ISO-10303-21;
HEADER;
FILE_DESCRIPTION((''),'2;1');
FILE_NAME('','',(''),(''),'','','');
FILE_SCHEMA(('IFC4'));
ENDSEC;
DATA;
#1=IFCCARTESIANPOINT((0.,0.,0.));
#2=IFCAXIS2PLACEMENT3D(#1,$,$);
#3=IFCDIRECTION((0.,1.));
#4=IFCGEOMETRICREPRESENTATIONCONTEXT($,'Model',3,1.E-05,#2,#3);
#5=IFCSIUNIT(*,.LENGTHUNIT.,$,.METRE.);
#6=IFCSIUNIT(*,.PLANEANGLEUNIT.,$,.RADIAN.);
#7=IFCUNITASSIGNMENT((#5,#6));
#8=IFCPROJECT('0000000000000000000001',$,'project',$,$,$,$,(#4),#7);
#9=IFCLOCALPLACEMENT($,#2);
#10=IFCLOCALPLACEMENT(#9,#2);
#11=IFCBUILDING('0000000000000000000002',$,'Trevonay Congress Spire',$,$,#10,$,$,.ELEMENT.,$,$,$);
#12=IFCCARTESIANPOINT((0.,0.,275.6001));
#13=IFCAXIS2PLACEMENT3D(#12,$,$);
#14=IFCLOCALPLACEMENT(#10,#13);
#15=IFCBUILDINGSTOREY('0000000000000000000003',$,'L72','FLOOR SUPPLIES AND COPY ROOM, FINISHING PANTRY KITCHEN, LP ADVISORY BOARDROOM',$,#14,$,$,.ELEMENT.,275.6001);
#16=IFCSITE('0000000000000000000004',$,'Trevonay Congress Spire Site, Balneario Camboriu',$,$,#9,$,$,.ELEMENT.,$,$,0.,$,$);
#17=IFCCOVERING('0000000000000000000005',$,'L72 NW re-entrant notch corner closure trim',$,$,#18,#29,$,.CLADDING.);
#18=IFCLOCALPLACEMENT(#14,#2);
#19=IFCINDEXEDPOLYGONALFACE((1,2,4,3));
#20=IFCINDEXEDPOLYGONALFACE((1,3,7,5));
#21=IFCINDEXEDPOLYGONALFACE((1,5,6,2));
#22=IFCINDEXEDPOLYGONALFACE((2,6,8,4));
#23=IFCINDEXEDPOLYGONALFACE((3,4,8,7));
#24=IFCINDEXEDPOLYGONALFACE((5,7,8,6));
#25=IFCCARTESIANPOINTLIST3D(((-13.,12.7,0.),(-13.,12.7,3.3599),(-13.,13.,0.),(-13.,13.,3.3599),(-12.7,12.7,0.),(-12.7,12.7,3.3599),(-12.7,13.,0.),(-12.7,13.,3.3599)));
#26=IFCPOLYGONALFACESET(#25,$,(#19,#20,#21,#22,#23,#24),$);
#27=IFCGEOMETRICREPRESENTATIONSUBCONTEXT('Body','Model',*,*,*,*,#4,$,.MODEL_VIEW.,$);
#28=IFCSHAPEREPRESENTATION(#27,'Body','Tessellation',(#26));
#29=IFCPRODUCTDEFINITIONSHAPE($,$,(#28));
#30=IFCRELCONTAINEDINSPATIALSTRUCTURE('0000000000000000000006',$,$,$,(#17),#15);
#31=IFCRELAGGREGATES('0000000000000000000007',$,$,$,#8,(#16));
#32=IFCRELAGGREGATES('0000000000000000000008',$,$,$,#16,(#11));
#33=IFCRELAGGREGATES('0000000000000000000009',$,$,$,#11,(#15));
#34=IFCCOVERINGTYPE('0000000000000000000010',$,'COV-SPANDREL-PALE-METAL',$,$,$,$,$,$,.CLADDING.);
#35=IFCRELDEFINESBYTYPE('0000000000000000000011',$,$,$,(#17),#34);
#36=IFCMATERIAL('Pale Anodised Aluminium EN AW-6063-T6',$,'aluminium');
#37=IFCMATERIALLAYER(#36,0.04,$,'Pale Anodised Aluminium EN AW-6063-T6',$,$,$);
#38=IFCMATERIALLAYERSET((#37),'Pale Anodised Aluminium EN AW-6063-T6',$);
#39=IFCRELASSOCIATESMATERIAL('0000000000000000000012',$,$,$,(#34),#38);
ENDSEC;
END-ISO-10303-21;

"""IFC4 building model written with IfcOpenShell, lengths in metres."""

from ifc_helpers import new_model, si_unit, direction, frame, origin, place, context, subcontext, project, spatial, polyline, outline, extrude, material, layer, layer_set, type_object, element, save


model = new_model("IFC4")

# Units and contexts
model_context = context("Model", 3, precision=1e-05, world=origin(), true_north=direction((0.0, 1.0)))
body_context = subcontext(model_context, "Body", "Model", "MODEL_VIEW")
ifc_project = project(units=[si_unit("LENGTHUNIT", "METRE"), si_unit("PLANEANGLEUNIT", "RADIAN")], contexts=[model_context])

# Site, building, storey
site_placement = place(None, origin())
site = spatial("IfcSite", under=ifc_project, at=site_placement, Name="Trevonay Congress Spire Site, Balneario Camboriu", CompositionType="ELEMENT", RefElevation=0.0)
building_placement = place(site_placement, origin())
building = spatial("IfcBuilding", under=site, at=building_placement, Name="Trevonay Congress Spire", CompositionType="ELEMENT")
storey_placement = place(building_placement, frame((0.0, 0.0, 275.6001)))
storey = spatial("IfcBuildingStorey", under=building, at=storey_placement, Name="L72", Description="FLOOR SUPPLIES AND COPY ROOM, FINISHING PANTRY KITCHEN, LP ADVISORY BOARDROOM", CompositionType="ELEMENT", Elevation=275.6001)

# Covering
ifc_material_1 = material(Name="Pale Anodised Aluminium EN AW-6063-T6", Category="aluminium")
ifc_layer_1 = layer(ifc_material_1, 0.04, Name="Pale Anodised Aluminium EN AW-6063-T6")
ifc_layer_set_1 = layer_set([ifc_layer_1], Name="Pale Anodised Aluminium EN AW-6063-T6")
covering_type_1 = type_object("IfcCoveringType", Name="COV-SPANDREL-PALE-METAL", PredefinedType="CLADDING", material=ifc_layer_set_1)
covering_1_placement = place(storey_placement, origin())
element("IfcCovering", 1, at=covering_1_placement, inside=storey, type_object=covering_type_1, Name="L72 NW re-entrant notch corner closure trim", PredefinedType="CLADDING", context=body_context, shape_type="SweptSolid", body=[
    extrude(outline(polyline([(-13.0, 12.7), (-12.7, 12.7), (-12.7, 13.0), (-13.0, 13.0), (-13.0, 12.7)])), origin(), (0.0, 0.0, 1.0), 3.3599),
])

save(model, "model.ifc")
